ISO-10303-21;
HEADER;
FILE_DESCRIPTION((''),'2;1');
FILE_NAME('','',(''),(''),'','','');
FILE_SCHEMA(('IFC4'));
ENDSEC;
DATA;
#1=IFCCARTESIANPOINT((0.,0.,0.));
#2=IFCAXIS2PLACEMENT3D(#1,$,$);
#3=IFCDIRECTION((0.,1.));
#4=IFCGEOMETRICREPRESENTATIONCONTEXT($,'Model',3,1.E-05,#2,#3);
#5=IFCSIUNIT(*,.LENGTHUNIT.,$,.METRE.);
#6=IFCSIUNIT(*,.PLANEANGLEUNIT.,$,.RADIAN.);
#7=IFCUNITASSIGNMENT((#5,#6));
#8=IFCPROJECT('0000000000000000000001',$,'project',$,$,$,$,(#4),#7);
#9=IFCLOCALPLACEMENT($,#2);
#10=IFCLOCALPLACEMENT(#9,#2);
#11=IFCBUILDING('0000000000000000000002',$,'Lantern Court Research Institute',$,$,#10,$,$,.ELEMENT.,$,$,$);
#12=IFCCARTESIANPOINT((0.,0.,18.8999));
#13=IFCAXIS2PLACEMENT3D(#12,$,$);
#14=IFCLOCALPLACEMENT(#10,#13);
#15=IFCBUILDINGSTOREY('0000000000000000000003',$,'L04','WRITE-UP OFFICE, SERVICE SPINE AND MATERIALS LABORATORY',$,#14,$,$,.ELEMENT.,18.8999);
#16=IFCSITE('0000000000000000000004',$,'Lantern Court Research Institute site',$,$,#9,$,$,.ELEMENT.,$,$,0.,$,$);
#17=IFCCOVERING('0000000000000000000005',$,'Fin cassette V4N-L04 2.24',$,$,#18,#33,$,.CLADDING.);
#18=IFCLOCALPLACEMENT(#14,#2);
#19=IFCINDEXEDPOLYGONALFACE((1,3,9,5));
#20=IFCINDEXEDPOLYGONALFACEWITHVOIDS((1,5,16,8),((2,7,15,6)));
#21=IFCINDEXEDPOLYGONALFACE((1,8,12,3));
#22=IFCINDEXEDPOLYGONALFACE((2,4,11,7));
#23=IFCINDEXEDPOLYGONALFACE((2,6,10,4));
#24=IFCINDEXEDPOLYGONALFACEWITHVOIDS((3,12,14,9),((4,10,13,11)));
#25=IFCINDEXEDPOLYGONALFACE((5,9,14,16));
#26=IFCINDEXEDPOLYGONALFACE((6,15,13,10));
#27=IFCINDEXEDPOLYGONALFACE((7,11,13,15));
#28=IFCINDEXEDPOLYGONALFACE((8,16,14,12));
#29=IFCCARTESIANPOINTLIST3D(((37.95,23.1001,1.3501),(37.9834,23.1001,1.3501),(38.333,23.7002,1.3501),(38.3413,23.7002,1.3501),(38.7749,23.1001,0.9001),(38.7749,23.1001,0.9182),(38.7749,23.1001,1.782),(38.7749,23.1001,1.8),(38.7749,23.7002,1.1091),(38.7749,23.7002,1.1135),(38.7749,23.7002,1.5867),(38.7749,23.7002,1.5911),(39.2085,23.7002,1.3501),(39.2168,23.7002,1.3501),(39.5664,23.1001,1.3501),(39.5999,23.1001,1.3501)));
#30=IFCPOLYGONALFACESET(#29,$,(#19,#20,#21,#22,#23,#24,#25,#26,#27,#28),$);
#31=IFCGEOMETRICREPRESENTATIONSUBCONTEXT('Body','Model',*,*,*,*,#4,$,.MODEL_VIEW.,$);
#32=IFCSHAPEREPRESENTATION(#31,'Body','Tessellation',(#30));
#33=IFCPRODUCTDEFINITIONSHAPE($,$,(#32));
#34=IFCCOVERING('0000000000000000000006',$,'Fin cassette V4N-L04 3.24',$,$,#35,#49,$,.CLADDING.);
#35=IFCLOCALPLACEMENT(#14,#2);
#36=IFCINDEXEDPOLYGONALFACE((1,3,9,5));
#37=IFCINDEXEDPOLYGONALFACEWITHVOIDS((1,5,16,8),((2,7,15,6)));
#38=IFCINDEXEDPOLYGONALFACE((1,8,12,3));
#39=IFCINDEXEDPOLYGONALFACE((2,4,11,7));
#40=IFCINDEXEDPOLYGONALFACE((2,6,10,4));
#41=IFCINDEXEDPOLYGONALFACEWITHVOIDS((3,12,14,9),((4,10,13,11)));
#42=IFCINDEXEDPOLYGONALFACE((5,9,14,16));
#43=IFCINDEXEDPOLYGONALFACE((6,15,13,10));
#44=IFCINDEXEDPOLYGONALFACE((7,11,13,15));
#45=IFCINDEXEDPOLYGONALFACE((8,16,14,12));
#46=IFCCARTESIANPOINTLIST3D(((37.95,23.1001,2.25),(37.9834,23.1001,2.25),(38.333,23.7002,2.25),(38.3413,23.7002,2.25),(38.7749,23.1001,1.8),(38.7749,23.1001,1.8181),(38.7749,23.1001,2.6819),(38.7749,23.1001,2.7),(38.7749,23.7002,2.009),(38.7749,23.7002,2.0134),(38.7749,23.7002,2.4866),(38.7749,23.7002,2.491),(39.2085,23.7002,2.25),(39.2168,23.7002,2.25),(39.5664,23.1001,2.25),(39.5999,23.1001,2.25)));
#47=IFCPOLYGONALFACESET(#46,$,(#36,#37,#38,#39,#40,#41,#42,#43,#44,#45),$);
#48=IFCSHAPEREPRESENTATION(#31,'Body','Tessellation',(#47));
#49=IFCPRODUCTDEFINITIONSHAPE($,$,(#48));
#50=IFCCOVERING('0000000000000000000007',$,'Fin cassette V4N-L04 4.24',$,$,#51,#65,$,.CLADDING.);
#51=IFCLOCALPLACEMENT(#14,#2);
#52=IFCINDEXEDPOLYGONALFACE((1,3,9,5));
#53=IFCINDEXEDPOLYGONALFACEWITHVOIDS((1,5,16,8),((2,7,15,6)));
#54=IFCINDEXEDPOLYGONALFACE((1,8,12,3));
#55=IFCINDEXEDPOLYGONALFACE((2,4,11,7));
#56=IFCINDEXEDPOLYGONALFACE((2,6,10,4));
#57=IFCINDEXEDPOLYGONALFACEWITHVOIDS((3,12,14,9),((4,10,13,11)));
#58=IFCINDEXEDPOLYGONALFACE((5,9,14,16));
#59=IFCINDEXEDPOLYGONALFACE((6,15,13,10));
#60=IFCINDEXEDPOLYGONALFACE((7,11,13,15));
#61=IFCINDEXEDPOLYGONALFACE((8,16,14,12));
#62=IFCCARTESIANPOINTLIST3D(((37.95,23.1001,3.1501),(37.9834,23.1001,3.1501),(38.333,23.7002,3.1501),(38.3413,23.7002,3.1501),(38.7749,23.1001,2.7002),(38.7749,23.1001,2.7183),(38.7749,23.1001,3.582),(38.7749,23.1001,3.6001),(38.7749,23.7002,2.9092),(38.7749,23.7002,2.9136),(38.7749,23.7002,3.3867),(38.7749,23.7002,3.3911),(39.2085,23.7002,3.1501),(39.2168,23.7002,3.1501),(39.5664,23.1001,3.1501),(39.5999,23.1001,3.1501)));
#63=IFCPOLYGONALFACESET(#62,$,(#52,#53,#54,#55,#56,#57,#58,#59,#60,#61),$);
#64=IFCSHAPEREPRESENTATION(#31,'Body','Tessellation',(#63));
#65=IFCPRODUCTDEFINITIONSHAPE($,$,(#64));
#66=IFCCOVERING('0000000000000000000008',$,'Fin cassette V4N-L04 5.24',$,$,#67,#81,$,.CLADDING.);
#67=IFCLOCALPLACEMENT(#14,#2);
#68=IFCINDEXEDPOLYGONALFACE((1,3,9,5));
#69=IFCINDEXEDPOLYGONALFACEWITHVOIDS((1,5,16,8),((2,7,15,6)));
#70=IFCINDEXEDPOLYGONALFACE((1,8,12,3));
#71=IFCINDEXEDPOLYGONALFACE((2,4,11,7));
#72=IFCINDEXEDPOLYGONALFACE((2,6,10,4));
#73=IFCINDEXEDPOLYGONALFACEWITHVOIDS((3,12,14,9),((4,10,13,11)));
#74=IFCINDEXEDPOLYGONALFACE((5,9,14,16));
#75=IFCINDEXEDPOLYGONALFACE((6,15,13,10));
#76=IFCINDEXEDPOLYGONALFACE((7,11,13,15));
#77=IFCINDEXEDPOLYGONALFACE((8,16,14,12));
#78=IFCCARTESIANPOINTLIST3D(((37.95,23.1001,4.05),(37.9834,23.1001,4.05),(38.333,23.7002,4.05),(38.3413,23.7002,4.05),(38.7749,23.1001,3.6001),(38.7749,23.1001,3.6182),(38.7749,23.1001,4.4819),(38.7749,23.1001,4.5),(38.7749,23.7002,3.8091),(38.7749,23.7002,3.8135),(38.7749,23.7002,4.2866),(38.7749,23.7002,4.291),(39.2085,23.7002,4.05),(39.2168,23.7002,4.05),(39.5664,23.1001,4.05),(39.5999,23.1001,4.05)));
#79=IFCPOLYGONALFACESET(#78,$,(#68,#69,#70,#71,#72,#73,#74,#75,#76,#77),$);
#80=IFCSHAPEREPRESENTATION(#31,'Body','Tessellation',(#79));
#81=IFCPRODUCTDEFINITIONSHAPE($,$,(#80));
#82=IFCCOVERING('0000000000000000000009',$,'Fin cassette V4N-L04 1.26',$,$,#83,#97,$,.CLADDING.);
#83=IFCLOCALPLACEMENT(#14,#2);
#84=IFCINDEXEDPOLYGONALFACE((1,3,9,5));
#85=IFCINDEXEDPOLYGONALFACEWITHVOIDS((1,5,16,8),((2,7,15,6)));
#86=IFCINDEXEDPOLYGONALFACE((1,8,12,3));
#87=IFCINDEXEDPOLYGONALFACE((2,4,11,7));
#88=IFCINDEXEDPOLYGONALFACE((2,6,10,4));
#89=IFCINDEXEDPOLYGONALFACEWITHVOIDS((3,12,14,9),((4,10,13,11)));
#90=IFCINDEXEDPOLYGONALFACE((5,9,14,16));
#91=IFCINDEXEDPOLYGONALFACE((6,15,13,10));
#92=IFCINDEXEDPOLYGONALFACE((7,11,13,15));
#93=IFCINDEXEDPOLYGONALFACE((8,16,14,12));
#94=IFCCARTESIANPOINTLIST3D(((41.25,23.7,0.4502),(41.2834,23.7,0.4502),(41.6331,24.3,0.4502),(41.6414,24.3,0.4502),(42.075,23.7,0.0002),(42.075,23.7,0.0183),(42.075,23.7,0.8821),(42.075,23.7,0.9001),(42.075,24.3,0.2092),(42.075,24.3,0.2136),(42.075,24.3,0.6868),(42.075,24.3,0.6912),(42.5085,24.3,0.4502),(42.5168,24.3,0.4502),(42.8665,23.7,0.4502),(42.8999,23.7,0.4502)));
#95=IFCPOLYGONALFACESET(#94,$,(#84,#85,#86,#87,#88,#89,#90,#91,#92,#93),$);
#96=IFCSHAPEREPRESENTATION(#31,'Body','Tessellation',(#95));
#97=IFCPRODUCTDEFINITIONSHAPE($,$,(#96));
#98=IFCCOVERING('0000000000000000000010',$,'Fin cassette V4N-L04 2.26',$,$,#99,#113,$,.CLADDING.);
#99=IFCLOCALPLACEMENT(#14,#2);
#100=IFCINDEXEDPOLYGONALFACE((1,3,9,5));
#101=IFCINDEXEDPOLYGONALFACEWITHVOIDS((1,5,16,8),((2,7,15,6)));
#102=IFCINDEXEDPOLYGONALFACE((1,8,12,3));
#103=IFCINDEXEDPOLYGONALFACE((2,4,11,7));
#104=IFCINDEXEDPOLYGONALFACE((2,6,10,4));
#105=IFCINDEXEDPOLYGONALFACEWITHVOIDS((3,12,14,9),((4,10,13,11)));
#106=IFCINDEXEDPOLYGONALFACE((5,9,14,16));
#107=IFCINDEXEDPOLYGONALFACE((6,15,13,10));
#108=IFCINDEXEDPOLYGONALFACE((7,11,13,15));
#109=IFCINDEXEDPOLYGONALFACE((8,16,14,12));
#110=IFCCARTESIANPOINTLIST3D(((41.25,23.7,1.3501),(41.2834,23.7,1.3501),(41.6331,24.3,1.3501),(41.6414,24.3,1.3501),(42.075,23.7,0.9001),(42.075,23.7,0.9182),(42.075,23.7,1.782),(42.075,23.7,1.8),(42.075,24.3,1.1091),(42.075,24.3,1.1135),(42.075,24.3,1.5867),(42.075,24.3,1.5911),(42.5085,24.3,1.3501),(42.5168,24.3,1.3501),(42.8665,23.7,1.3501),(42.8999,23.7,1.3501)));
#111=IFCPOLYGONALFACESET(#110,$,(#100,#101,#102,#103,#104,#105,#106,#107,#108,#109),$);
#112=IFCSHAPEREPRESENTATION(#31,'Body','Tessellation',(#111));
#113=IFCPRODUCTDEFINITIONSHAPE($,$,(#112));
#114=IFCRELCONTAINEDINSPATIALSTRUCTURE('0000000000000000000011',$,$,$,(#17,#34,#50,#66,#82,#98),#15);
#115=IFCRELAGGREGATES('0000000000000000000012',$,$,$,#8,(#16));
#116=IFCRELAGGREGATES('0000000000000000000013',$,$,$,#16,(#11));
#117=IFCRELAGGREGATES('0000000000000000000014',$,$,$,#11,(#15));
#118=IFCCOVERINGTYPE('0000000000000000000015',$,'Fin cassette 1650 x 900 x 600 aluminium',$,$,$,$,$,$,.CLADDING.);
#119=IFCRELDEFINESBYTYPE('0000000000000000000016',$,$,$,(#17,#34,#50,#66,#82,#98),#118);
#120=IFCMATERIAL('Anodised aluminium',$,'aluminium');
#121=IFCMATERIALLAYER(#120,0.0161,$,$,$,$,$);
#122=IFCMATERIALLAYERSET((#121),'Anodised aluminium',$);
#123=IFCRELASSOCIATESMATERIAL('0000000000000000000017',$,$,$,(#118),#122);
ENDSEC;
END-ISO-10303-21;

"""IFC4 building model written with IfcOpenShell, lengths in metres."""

from ifc_helpers import new_model, entity, si_unit, direction, frame, origin, place, context, subcontext, project, spatial, material, layer, layer_set, type_object, element, save


model = new_model("IFC4")

# Units and contexts
model_context = context("Model", 3, precision=1e-05, world=origin(), true_north=direction((0.0, 1.0)))
body_context = subcontext(model_context, "Body", "Model", "MODEL_VIEW")
ifc_project = project(units=[si_unit("LENGTHUNIT", "METRE"), si_unit("PLANEANGLEUNIT", "RADIAN")], contexts=[model_context])

# Site, building, storey
site_placement = place(None, origin())
site = spatial("IfcSite", under=ifc_project, at=site_placement, Name="Lantern Court Research Institute site", CompositionType="ELEMENT", RefElevation=0.0)
building_placement = place(site_placement, origin())
building = spatial("IfcBuilding", under=site, at=building_placement, Name="Lantern Court Research Institute", CompositionType="ELEMENT")
storey_placement = place(building_placement, frame((0.0, 0.0, 18.8999)))
storey = spatial("IfcBuildingStorey", under=building, at=storey_placement, Name="L04", Description="WRITE-UP OFFICE, SERVICE SPINE AND MATERIALS LABORATORY", CompositionType="ELEMENT", Elevation=18.8999)

# Coverings
ifc_material_1 = material(Name="Anodised aluminium", Category="aluminium")
ifc_layer_1 = layer(ifc_material_1, 0.0161)
ifc_layer_set_1 = layer_set([ifc_layer_1], Name="Anodised aluminium")
covering_type_1 = type_object("IfcCoveringType", Name="Fin cassette 1650 x 900 x 600 aluminium", PredefinedType="CLADDING", material=ifc_layer_set_1)
covering_1_placement = place(storey_placement, frame((38.7749, 23.1001, 1.3501), z_axis=(0.0, 1.0, 0.0), x_axis=(-1.0, 0.0, 0.0)))
cartesian_point_1 = entity("IfcCartesianPoint", [0.825, 0.0])
cartesian_point_2 = entity("IfcCartesianPoint", [0.7915, 0.0])
cartesian_point_3 = entity("IfcCartesianPoint", [0.4419, 0.0])
cartesian_point_4 = entity("IfcCartesianPoint", [0.4336, 0.0])
element("IfcCovering", 1, at=covering_1_placement, inside=storey, type_object=covering_type_1, Name="Fin cassette V4N-L04 2.24", PredefinedType="CLADDING", context=body_context, shape_type="SweptSolid", body=[
    entity("IfcExtrudedAreaSolidTapered", entity("IfcArbitraryProfileDefWithVoids", "AREA", None, entity("IfcPolyline", [cartesian_point_1, entity("IfcCartesianPoint", [0.0, 0.45]), entity("IfcCartesianPoint", [-0.825, 0.0]), entity("IfcCartesianPoint", [0.0, -0.45]), cartesian_point_1]), [entity("IfcPolyline", [cartesian_point_2, entity("IfcCartesianPoint", [0.0, 0.4319]), entity("IfcCartesianPoint", [-0.7915, 0.0]), entity("IfcCartesianPoint", [0.0, -0.4319]), cartesian_point_2])]), entity("IfcAxis2Placement3D", entity("IfcCartesianPoint", [0.0, 0.0, 0.0])), entity("IfcDirection", [0.0, 0.0, 1.0]), 0.6001, entity("IfcArbitraryProfileDefWithVoids", "AREA", None, entity("IfcPolyline", [cartesian_point_3, entity("IfcCartesianPoint", [0.0, 0.241]), entity("IfcCartesianPoint", [-0.4419, 0.0]), entity("IfcCartesianPoint", [0.0, -0.241]), cartesian_point_3]), [entity("IfcPolyline", [cartesian_point_4, entity("IfcCartesianPoint", [0.0, 0.2366]), entity("IfcCartesianPoint", [-0.4336, 0.0]), entity("IfcCartesianPoint", [0.0, -0.2366]), cartesian_point_4])])),
])
covering_2_placement = place(storey_placement, frame((38.7749, 23.1001, 2.25), z_axis=(0.0, 1.0, 0.0), x_axis=(-1.0, 0.0, 0.0)))
cartesian_point_5 = entity("IfcCartesianPoint", [0.825, 0.0])
cartesian_point_6 = entity("IfcCartesianPoint", [0.7915, 0.0])
cartesian_point_7 = entity("IfcCartesianPoint", [0.4419, 0.0])
cartesian_point_8 = entity("IfcCartesianPoint", [0.4336, 0.0])
element("IfcCovering", 2, at=covering_2_placement, inside=storey, type_object=covering_type_1, Name="Fin cassette V4N-L04 3.24", PredefinedType="CLADDING", context=body_context, shape_type="SweptSolid", body=[
    entity("IfcExtrudedAreaSolidTapered", entity("IfcArbitraryProfileDefWithVoids", "AREA", None, entity("IfcPolyline", [cartesian_point_5, entity("IfcCartesianPoint", [0.0, 0.45]), entity("IfcCartesianPoint", [-0.825, 0.0]), entity("IfcCartesianPoint", [0.0, -0.45]), cartesian_point_5]), [entity("IfcPolyline", [cartesian_point_6, entity("IfcCartesianPoint", [0.0, 0.4319]), entity("IfcCartesianPoint", [-0.7915, 0.0]), entity("IfcCartesianPoint", [0.0, -0.4319]), cartesian_point_6])]), entity("IfcAxis2Placement3D", entity("IfcCartesianPoint", [0.0, 0.0, 0.0])), entity("IfcDirection", [0.0, 0.0, 1.0]), 0.6001, entity("IfcArbitraryProfileDefWithVoids", "AREA", None, entity("IfcPolyline", [cartesian_point_7, entity("IfcCartesianPoint", [0.0, 0.241]), entity("IfcCartesianPoint", [-0.4419, 0.0]), entity("IfcCartesianPoint", [0.0, -0.241]), cartesian_point_7]), [entity("IfcPolyline", [cartesian_point_8, entity("IfcCartesianPoint", [0.0, 0.2366]), entity("IfcCartesianPoint", [-0.4336, 0.0]), entity("IfcCartesianPoint", [0.0, -0.2366]), cartesian_point_8])])),
])
covering_3_placement = place(storey_placement, frame((38.7749, 23.1001, 3.1501), z_axis=(0.0, 1.0, 0.0), x_axis=(-1.0, 0.0, 0.0)))
cartesian_point_9 = entity("IfcCartesianPoint", [0.825, 0.0])
cartesian_point_10 = entity("IfcCartesianPoint", [0.7915, 0.0])
cartesian_point_11 = entity("IfcCartesianPoint", [0.4419, 0.0])
cartesian_point_12 = entity("IfcCartesianPoint", [0.4336, 0.0])
element("IfcCovering", 3, at=covering_3_placement, inside=storey, type_object=covering_type_1, Name="Fin cassette V4N-L04 4.24", PredefinedType="CLADDING", context=body_context, shape_type="SweptSolid", body=[
    entity("IfcExtrudedAreaSolidTapered", entity("IfcArbitraryProfileDefWithVoids", "AREA", None, entity("IfcPolyline", [cartesian_point_9, entity("IfcCartesianPoint", [0.0, 0.45]), entity("IfcCartesianPoint", [-0.825, 0.0]), entity("IfcCartesianPoint", [0.0, -0.45]), cartesian_point_9]), [entity("IfcPolyline", [cartesian_point_10, entity("IfcCartesianPoint", [0.0, 0.4319]), entity("IfcCartesianPoint", [-0.7915, 0.0]), entity("IfcCartesianPoint", [0.0, -0.4319]), cartesian_point_10])]), entity("IfcAxis2Placement3D", entity("IfcCartesianPoint", [0.0, 0.0, 0.0])), entity("IfcDirection", [0.0, 0.0, 1.0]), 0.6001, entity("IfcArbitraryProfileDefWithVoids", "AREA", None, entity("IfcPolyline", [cartesian_point_11, entity("IfcCartesianPoint", [0.0, 0.241]), entity("IfcCartesianPoint", [-0.4419, 0.0]), entity("IfcCartesianPoint", [0.0, -0.241]), cartesian_point_11]), [entity("IfcPolyline", [cartesian_point_12, entity("IfcCartesianPoint", [0.0, 0.2366]), entity("IfcCartesianPoint", [-0.4336, 0.0]), entity("IfcCartesianPoint", [0.0, -0.2366]), cartesian_point_12])])),
])
covering_4_placement = place(storey_placement, frame((38.7749, 23.1001, 4.05), z_axis=(0.0, 1.0, 0.0), x_axis=(-1.0, 0.0, 0.0)))
cartesian_point_13 = entity("IfcCartesianPoint", [0.825, 0.0])
cartesian_point_14 = entity("IfcCartesianPoint", [0.7915, 0.0])
cartesian_point_15 = entity("IfcCartesianPoint", [0.4419, 0.0])
cartesian_point_16 = entity("IfcCartesianPoint", [0.4336, 0.0])
element("IfcCovering", 4, at=covering_4_placement, inside=storey, type_object=covering_type_1, Name="Fin cassette V4N-L04 5.24", PredefinedType="CLADDING", context=body_context, shape_type="SweptSolid", body=[
    entity("IfcExtrudedAreaSolidTapered", entity("IfcArbitraryProfileDefWithVoids", "AREA", None, entity("IfcPolyline", [cartesian_point_13, entity("IfcCartesianPoint", [0.0, 0.45]), entity("IfcCartesianPoint", [-0.825, 0.0]), entity("IfcCartesianPoint", [0.0, -0.45]), cartesian_point_13]), [entity("IfcPolyline", [cartesian_point_14, entity("IfcCartesianPoint", [0.0, 0.4319]), entity("IfcCartesianPoint", [-0.7915, 0.0]), entity("IfcCartesianPoint", [0.0, -0.4319]), cartesian_point_14])]), entity("IfcAxis2Placement3D", entity("IfcCartesianPoint", [0.0, 0.0, 0.0])), entity("IfcDirection", [0.0, 0.0, 1.0]), 0.6001, entity("IfcArbitraryProfileDefWithVoids", "AREA", None, entity("IfcPolyline", [cartesian_point_15, entity("IfcCartesianPoint", [0.0, 0.241]), entity("IfcCartesianPoint", [-0.4419, 0.0]), entity("IfcCartesianPoint", [0.0, -0.241]), cartesian_point_15]), [entity("IfcPolyline", [cartesian_point_16, entity("IfcCartesianPoint", [0.0, 0.2366]), entity("IfcCartesianPoint", [-0.4336, 0.0]), entity("IfcCartesianPoint", [0.0, -0.2366]), cartesian_point_16])])),
])
covering_5_placement = place(storey_placement, frame((42.075, 23.7, 0.4502), z_axis=(0.0, 1.0, 0.0), x_axis=(-1.0, 0.0, 0.0)))
cartesian_point_17 = entity("IfcCartesianPoint", [0.825, 0.0])
cartesian_point_18 = entity("IfcCartesianPoint", [0.7915, 0.0])
cartesian_point_19 = entity("IfcCartesianPoint", [0.4419, 0.0])
cartesian_point_20 = entity("IfcCartesianPoint", [0.4336, 0.0])
element("IfcCovering", 5, at=covering_5_placement, inside=storey, type_object=covering_type_1, Name="Fin cassette V4N-L04 1.26", PredefinedType="CLADDING", context=body_context, shape_type="SweptSolid", body=[
    entity("IfcExtrudedAreaSolidTapered", entity("IfcArbitraryProfileDefWithVoids", "AREA", None, entity("IfcPolyline", [cartesian_point_17, entity("IfcCartesianPoint", [0.0, 0.45]), entity("IfcCartesianPoint", [-0.825, 0.0]), entity("IfcCartesianPoint", [0.0, -0.45]), cartesian_point_17]), [entity("IfcPolyline", [cartesian_point_18, entity("IfcCartesianPoint", [0.0, 0.4319]), entity("IfcCartesianPoint", [-0.7915, 0.0]), entity("IfcCartesianPoint", [0.0, -0.4319]), cartesian_point_18])]), entity("IfcAxis2Placement3D", entity("IfcCartesianPoint", [0.0, 0.0, 0.0])), entity("IfcDirection", [0.0, 0.0, 1.0]), 0.6001, entity("IfcArbitraryProfileDefWithVoids", "AREA", None, entity("IfcPolyline", [cartesian_point_19, entity("IfcCartesianPoint", [0.0, 0.241]), entity("IfcCartesianPoint", [-0.4419, 0.0]), entity("IfcCartesianPoint", [0.0, -0.241]), cartesian_point_19]), [entity("IfcPolyline", [cartesian_point_20, entity("IfcCartesianPoint", [0.0, 0.2366]), entity("IfcCartesianPoint", [-0.4336, 0.0]), entity("IfcCartesianPoint", [0.0, -0.2366]), cartesian_point_20])])),
])
covering_6_placement = place(storey_placement, frame((42.075, 23.7, 1.3501), z_axis=(0.0, 1.0, 0.0), x_axis=(-1.0, 0.0, 0.0)))
cartesian_point_21 = entity("IfcCartesianPoint", [0.825, 0.0])
cartesian_point_22 = entity("IfcCartesianPoint", [0.7915, 0.0])
cartesian_point_23 = entity("IfcCartesianPoint", [0.4419, 0.0])
cartesian_point_24 = entity("IfcCartesianPoint", [0.4336, 0.0])
element("IfcCovering", 6, at=covering_6_placement, inside=storey, type_object=covering_type_1, Name="Fin cassette V4N-L04 2.26", PredefinedType="CLADDING", context=body_context, shape_type="SweptSolid", body=[
    entity("IfcExtrudedAreaSolidTapered", entity("IfcArbitraryProfileDefWithVoids", "AREA", None, entity("IfcPolyline", [cartesian_point_21, entity("IfcCartesianPoint", [0.0, 0.45]), entity("IfcCartesianPoint", [-0.825, 0.0]), entity("IfcCartesianPoint", [0.0, -0.45]), cartesian_point_21]), [entity("IfcPolyline", [cartesian_point_22, entity("IfcCartesianPoint", [0.0, 0.4319]), entity("IfcCartesianPoint", [-0.7915, 0.0]), entity("IfcCartesianPoint", [0.0, -0.4319]), cartesian_point_22])]), entity("IfcAxis2Placement3D", entity("IfcCartesianPoint", [0.0, 0.0, 0.0])), entity("IfcDirection", [0.0, 0.0, 1.0]), 0.6001, entity("IfcArbitraryProfileDefWithVoids", "AREA", None, entity("IfcPolyline", [cartesian_point_23, entity("IfcCartesianPoint", [0.0, 0.241]), entity("IfcCartesianPoint", [-0.4419, 0.0]), entity("IfcCartesianPoint", [0.0, -0.241]), cartesian_point_23]), [entity("IfcPolyline", [cartesian_point_24, entity("IfcCartesianPoint", [0.0, 0.2366]), entity("IfcCartesianPoint", [-0.4336, 0.0]), entity("IfcCartesianPoint", [0.0, -0.2366]), cartesian_point_24])])),
])

save(model, "model.ifc")
